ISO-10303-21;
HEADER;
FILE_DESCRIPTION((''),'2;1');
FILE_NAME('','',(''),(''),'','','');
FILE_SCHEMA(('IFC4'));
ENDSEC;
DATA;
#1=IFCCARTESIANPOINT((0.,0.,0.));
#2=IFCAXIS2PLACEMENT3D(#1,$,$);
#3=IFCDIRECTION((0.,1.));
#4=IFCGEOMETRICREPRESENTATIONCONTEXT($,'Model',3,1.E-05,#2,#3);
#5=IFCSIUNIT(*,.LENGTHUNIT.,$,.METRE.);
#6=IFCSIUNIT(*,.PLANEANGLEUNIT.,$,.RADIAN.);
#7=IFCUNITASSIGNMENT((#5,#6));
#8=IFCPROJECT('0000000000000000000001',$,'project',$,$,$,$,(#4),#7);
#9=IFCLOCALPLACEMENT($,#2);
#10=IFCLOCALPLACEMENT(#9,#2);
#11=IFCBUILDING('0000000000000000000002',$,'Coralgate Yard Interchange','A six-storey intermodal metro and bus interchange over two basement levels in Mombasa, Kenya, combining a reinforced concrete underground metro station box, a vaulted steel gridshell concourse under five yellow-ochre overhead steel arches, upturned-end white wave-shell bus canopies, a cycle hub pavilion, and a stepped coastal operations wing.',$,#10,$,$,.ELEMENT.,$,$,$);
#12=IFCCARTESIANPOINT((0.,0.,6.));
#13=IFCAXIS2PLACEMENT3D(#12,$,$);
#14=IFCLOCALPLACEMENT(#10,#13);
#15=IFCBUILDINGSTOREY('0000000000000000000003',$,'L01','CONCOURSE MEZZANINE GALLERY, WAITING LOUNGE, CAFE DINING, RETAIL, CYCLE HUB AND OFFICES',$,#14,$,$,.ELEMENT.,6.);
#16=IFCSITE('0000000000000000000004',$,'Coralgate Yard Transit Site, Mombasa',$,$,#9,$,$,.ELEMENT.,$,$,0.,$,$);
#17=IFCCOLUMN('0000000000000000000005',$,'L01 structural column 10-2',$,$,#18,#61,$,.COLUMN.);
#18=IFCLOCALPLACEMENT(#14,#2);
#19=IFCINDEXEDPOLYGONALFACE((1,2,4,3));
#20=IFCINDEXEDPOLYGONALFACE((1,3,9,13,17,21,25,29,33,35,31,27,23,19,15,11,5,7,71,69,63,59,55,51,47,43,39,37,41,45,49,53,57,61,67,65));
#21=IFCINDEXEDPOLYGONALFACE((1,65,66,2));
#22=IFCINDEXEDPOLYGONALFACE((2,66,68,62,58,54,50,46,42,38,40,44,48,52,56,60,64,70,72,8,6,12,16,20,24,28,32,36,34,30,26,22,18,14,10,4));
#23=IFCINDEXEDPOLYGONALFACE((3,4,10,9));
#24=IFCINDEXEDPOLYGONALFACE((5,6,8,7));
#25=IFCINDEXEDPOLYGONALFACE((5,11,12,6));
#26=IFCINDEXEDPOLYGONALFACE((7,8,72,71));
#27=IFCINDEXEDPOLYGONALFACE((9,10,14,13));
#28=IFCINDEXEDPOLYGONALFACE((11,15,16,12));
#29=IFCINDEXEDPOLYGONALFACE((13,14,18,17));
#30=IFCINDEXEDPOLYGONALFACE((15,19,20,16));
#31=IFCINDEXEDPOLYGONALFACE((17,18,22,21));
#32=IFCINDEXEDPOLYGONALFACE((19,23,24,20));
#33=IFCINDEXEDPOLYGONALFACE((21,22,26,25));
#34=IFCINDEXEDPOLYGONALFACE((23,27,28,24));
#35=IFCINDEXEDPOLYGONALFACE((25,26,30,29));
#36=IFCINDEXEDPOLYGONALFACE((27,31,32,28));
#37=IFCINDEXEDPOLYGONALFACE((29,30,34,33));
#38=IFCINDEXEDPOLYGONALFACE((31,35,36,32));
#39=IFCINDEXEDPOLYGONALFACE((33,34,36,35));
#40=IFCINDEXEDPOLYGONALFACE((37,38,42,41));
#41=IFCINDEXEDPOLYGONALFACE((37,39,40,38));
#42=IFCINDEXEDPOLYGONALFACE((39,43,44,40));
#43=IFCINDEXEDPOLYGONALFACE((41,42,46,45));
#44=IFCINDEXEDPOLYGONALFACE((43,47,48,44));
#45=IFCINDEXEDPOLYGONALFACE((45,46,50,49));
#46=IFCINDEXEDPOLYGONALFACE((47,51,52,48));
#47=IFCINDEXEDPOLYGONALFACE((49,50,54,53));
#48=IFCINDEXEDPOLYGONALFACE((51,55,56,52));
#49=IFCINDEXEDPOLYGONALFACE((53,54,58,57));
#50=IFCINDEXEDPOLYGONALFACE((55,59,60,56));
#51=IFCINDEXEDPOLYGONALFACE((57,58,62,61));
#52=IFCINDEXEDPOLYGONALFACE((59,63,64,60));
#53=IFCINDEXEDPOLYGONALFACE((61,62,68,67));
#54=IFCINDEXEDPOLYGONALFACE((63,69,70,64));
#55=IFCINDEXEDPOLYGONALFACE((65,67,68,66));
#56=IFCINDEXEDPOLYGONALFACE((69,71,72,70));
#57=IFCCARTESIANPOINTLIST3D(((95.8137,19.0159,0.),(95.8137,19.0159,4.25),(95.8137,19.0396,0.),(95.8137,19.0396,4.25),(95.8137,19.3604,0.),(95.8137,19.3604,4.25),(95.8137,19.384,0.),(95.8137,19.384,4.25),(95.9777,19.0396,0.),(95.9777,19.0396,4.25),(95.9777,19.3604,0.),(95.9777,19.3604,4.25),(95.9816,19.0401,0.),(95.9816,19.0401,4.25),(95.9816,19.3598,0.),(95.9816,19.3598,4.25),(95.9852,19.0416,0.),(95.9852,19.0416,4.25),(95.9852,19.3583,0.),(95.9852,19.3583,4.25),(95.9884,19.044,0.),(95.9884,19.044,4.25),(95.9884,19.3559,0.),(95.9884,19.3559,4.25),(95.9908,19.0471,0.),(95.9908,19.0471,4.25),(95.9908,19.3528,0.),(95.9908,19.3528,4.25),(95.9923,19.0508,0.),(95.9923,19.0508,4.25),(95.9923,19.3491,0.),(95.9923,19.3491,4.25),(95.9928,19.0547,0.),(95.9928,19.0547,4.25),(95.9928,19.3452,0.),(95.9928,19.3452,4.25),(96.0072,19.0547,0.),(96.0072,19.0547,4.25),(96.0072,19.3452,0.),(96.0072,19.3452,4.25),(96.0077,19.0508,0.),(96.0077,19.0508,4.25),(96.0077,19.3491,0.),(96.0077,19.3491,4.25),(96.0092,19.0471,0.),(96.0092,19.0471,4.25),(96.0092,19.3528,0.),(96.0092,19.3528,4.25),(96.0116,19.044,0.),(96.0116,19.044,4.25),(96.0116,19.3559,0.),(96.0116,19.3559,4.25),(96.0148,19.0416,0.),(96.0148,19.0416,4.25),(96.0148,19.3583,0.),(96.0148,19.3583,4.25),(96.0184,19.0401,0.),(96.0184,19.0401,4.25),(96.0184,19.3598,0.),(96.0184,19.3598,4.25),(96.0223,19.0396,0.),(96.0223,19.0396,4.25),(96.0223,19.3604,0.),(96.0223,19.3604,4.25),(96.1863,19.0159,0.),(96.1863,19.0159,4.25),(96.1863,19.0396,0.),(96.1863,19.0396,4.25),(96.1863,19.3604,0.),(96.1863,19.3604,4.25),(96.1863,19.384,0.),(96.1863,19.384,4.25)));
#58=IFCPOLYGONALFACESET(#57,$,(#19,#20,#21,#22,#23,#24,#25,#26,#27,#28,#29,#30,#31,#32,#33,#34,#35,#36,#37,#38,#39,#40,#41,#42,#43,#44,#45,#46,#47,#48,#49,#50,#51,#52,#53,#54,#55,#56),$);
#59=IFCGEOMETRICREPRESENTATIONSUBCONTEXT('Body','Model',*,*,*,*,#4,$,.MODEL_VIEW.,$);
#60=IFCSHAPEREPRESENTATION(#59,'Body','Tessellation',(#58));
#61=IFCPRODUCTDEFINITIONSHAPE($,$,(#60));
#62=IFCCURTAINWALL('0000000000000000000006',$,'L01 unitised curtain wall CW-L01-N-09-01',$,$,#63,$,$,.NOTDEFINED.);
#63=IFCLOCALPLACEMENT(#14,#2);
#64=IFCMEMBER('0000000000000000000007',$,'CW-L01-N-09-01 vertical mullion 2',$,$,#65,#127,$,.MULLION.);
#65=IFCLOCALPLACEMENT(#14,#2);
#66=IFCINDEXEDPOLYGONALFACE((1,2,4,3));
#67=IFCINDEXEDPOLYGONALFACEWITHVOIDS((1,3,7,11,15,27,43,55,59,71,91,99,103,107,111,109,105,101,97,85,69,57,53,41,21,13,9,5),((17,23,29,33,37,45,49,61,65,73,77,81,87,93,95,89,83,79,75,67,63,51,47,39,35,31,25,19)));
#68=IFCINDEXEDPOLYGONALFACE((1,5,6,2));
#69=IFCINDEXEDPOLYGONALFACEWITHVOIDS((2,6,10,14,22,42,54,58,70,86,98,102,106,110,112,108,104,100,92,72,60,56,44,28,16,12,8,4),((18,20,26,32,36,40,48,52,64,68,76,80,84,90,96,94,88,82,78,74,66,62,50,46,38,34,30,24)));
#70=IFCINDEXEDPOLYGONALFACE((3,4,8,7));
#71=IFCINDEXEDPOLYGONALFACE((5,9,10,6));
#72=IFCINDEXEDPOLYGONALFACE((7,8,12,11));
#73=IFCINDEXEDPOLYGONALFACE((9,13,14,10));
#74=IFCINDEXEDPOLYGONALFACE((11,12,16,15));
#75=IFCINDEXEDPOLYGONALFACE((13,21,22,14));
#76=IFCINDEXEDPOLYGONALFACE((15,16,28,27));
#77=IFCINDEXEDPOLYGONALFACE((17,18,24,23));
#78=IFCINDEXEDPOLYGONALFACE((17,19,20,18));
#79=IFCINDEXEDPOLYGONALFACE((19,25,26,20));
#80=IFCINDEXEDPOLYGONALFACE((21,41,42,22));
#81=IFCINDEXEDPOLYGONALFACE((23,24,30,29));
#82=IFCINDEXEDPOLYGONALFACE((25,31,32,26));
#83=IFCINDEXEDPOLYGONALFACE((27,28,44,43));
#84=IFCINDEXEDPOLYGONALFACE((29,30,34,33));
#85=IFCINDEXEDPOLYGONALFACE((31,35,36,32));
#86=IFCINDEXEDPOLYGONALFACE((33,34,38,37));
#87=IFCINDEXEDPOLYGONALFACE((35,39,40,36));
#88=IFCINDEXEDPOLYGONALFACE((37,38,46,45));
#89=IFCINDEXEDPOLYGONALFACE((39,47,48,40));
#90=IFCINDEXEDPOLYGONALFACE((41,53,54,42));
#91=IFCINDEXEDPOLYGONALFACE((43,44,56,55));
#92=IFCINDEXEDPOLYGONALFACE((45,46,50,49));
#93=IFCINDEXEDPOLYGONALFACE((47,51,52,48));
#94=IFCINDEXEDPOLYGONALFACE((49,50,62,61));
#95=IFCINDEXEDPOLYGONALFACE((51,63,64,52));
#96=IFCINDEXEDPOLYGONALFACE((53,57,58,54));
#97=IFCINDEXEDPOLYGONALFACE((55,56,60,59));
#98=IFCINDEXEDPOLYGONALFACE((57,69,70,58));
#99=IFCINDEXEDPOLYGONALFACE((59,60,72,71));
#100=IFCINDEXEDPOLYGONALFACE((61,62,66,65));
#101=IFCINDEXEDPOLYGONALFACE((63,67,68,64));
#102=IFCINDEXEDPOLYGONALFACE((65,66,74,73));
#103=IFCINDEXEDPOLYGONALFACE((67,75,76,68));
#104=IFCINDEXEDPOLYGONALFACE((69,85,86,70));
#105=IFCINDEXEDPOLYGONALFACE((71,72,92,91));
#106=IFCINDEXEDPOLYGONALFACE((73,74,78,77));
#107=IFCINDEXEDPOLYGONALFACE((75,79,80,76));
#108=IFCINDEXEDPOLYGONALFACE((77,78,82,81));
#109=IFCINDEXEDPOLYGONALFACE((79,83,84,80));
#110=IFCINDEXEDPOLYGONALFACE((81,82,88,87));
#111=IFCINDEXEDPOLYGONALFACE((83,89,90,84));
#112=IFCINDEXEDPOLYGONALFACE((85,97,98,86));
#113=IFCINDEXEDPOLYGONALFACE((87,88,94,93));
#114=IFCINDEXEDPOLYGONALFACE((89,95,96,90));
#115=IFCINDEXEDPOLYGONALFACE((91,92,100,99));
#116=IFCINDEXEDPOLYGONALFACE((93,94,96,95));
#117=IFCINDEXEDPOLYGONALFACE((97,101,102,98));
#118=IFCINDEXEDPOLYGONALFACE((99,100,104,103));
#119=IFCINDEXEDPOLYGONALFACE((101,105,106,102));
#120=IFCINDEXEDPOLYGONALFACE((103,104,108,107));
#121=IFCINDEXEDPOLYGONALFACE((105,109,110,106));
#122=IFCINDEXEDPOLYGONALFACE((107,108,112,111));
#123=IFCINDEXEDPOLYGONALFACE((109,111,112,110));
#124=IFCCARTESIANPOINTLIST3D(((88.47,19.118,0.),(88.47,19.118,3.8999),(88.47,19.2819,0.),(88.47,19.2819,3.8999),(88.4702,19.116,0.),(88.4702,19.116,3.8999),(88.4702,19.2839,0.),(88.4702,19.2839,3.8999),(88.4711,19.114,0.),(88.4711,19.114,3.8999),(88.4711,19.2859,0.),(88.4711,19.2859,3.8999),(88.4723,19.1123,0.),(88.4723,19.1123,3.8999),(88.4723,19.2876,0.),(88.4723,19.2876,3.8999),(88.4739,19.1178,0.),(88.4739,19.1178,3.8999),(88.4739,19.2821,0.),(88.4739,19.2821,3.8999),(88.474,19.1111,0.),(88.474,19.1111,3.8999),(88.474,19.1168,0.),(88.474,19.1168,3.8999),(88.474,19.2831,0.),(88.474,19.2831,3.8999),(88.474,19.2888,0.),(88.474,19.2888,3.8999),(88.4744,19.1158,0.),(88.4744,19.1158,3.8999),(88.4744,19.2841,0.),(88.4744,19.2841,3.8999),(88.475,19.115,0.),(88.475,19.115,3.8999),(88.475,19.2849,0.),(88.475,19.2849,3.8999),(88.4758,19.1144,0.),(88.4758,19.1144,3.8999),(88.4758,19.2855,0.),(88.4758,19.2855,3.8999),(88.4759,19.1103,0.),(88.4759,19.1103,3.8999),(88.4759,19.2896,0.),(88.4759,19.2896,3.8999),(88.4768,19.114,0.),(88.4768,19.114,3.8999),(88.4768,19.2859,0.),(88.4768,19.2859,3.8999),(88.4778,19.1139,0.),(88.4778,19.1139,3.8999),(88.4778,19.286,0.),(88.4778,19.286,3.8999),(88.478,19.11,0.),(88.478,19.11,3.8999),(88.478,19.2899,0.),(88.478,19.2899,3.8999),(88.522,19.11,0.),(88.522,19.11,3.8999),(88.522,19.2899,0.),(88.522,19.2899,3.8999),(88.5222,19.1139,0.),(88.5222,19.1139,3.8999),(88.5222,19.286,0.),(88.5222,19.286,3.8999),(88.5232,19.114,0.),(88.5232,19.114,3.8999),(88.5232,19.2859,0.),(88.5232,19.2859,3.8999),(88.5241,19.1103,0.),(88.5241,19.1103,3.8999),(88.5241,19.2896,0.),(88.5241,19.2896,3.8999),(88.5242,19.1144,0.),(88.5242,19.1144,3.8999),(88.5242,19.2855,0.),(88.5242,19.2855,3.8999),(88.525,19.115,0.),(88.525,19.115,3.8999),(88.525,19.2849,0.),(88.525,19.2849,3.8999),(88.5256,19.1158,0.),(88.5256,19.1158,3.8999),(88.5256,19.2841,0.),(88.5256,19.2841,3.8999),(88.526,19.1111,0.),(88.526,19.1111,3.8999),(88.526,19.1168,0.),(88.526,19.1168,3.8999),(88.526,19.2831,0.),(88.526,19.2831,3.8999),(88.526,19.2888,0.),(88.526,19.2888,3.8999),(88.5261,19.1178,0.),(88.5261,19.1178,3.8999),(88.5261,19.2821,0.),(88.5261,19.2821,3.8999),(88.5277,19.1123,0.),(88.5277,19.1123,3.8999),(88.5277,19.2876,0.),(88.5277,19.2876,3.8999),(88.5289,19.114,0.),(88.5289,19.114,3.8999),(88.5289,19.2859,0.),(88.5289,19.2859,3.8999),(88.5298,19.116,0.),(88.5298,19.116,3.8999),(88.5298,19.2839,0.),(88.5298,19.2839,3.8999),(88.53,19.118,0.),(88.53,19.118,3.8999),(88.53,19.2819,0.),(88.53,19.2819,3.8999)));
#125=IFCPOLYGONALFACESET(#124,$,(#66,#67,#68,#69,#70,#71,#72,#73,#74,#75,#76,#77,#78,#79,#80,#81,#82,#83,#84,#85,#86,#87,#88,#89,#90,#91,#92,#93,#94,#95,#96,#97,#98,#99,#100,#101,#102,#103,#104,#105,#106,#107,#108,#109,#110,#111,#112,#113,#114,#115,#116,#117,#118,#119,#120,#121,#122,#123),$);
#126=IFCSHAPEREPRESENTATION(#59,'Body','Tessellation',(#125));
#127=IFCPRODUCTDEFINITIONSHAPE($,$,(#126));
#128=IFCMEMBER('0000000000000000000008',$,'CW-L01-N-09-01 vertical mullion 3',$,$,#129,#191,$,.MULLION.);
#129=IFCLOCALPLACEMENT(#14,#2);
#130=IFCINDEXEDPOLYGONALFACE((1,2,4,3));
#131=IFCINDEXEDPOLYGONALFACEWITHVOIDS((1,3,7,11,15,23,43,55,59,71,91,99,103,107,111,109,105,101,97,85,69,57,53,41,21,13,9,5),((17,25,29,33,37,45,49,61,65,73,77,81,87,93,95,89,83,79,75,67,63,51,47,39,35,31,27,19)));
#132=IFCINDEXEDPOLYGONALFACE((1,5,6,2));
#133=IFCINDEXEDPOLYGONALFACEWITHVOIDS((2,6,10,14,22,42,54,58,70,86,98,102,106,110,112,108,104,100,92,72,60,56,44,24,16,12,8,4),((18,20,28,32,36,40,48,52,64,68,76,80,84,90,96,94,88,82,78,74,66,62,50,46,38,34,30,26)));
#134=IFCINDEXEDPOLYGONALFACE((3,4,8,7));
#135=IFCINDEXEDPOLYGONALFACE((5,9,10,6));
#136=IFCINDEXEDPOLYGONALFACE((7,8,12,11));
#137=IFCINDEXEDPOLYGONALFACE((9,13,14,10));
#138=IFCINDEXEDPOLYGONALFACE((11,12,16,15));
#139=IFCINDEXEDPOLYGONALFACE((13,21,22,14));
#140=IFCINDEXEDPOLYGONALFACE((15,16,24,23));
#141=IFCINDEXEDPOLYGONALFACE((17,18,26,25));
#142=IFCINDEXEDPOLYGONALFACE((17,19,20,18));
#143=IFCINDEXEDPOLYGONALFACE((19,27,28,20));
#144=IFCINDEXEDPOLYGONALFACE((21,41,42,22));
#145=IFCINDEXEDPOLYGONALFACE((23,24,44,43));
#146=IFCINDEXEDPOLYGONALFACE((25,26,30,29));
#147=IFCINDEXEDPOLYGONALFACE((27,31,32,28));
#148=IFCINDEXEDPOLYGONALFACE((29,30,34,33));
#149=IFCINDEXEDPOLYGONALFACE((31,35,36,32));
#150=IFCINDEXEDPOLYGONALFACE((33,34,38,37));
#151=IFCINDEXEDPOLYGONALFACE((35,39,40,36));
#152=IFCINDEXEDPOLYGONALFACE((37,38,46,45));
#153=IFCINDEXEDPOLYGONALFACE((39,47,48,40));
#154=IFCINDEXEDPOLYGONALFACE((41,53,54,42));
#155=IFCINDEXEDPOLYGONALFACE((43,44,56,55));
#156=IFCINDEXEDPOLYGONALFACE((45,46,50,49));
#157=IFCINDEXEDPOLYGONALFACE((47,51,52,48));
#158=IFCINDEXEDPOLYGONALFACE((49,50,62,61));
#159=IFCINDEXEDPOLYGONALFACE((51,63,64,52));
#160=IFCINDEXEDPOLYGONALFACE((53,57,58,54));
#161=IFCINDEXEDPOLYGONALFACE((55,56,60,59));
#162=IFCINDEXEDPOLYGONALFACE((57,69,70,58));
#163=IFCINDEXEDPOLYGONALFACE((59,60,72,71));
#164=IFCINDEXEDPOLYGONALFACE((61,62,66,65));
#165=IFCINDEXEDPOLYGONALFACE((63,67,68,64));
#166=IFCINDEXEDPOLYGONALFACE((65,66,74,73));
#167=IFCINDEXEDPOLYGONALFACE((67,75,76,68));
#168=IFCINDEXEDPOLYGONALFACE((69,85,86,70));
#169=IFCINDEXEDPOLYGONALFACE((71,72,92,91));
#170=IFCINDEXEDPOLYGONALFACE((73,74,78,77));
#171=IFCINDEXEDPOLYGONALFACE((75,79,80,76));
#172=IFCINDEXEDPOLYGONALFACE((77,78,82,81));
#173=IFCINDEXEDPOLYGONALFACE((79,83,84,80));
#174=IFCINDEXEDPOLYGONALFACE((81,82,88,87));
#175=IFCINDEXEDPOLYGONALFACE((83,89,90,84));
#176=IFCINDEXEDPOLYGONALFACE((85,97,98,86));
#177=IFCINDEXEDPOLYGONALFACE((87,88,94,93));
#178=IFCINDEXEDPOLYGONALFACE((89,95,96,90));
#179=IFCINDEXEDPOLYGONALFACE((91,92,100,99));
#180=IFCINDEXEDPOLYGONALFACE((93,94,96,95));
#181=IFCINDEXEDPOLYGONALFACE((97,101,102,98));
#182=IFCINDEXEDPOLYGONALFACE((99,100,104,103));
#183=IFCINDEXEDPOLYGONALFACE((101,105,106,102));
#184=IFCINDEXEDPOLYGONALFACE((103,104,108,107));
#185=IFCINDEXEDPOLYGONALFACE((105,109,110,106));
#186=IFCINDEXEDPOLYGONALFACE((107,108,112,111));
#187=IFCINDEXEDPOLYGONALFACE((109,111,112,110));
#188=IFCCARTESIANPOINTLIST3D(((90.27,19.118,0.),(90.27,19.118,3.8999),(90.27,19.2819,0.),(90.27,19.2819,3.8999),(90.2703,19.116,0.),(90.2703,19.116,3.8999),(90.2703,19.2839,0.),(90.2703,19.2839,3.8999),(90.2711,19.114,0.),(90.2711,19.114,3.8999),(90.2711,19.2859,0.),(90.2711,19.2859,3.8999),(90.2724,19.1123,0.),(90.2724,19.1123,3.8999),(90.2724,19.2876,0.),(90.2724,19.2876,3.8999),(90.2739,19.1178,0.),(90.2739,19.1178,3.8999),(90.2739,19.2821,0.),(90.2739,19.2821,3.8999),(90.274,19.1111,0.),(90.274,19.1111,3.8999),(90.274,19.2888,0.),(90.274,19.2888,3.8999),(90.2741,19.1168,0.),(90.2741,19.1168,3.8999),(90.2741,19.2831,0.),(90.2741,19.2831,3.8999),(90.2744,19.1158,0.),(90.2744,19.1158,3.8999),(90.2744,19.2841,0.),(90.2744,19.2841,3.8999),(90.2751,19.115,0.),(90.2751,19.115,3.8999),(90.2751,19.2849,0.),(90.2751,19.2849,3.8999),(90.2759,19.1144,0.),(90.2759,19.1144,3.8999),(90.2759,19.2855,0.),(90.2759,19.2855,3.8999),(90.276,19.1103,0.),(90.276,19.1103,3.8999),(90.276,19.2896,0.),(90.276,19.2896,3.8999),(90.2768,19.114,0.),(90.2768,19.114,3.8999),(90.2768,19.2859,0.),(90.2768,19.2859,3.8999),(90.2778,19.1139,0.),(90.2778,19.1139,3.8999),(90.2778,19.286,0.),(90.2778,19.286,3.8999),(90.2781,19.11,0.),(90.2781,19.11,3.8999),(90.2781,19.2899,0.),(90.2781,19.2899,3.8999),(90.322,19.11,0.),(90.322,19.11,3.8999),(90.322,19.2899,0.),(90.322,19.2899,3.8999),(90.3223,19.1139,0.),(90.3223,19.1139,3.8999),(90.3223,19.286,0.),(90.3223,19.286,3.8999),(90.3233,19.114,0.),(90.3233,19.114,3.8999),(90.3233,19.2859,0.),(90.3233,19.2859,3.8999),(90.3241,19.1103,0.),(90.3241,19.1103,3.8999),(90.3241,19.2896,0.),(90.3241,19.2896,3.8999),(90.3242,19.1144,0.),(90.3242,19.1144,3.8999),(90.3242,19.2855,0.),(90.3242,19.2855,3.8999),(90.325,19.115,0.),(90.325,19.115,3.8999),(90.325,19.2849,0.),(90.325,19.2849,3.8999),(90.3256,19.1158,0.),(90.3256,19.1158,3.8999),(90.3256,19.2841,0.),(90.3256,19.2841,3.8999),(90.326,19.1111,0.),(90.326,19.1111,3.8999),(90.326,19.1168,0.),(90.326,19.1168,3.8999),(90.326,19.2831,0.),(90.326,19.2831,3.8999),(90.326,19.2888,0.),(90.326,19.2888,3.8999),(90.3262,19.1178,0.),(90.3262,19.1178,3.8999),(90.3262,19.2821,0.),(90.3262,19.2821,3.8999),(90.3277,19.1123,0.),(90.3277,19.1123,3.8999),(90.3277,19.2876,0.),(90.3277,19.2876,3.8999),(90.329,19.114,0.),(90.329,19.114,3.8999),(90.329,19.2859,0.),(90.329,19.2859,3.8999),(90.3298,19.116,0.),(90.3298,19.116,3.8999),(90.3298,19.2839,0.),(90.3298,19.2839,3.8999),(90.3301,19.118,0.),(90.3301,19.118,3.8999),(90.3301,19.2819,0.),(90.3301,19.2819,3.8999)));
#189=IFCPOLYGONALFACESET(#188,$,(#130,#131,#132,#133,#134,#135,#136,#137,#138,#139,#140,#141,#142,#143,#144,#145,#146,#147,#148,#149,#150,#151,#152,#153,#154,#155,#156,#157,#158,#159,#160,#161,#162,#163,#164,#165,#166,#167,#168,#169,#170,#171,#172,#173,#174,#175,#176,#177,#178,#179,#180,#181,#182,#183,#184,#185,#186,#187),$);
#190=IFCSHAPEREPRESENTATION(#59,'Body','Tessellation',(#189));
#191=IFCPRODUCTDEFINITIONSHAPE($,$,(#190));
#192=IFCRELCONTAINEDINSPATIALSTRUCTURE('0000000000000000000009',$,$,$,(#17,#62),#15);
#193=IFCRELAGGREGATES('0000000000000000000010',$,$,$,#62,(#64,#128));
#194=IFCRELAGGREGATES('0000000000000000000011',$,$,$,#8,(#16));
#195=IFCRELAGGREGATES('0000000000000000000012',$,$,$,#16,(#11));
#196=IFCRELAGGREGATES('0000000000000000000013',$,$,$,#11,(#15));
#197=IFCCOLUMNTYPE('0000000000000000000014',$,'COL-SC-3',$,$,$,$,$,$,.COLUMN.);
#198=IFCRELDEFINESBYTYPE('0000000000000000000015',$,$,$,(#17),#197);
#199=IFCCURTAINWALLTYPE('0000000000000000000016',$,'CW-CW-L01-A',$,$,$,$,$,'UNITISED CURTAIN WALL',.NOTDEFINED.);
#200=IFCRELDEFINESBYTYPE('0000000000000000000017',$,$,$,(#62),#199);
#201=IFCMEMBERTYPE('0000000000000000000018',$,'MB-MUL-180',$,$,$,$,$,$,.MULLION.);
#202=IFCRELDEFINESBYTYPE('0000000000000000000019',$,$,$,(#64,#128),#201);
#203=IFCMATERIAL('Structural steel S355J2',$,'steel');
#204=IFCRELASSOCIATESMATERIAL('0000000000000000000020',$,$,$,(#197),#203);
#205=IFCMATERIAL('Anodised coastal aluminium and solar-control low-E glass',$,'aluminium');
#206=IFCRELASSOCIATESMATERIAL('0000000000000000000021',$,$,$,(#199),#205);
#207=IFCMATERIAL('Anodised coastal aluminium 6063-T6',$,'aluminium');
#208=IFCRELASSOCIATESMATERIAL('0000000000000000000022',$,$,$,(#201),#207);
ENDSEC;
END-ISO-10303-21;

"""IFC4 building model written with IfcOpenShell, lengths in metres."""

from ifc_helpers import new_model, si_unit, direction, frame, origin, origin_2d, place, context, subcontext, project, spatial, hollow_rectangle, i_section, extrude, material, material_profile, profile_set, type_object, element, aggregate, save


model = new_model("IFC4")

# Units and contexts
model_context = context("Model", 3, precision=1e-05, world=origin(), true_north=direction((0.0, 1.0)))
body_context = subcontext(model_context, "Body", "Model", "MODEL_VIEW")
ifc_project = project(units=[si_unit("LENGTHUNIT", "METRE"), si_unit("PLANEANGLEUNIT", "RADIAN")], contexts=[model_context])

# Site, building, storey
site_placement = place(None, origin())
site = spatial("IfcSite", under=ifc_project, at=site_placement, Name="Coralgate Yard Transit Site, Mombasa", CompositionType="ELEMENT", RefElevation=0.0)
building_placement = place(site_placement, origin())
building = spatial("IfcBuilding", under=site, at=building_placement, Name="Coralgate Yard Interchange", Description="A six-storey intermodal metro and bus interchange over two basement levels in Mombasa, Kenya, combining a reinforced concrete underground metro station box, a vaulted steel gridshell concourse under five yellow-ochre overhead steel arches, upturned-end white wave-shell bus canopies, a cycle hub pavilion, and a stepped coastal operations wing.", CompositionType="ELEMENT")
storey_placement = place(building_placement, frame((0.0, 0.0, 6.0)))
storey = spatial("IfcBuildingStorey", under=building, at=storey_placement, Name="L01", Description="CONCOURSE MEZZANINE GALLERY, WAITING LOUNGE, CAFE DINING, RETAIL, CYCLE HUB AND OFFICES", CompositionType="ELEMENT", Elevation=6.0)

# Column
ifc_material_1 = material(Name="Structural steel S355J2", Category="steel")
ifc_material_profile_1 = material_profile(ifc_material_1, i_section(OverallWidth=0.3726, OverallDepth=0.3682, WebThickness=0.0144, FlangeThickness=0.0237, FilletRadius=0.0151, at=origin_2d()), Name="UC 356x368x177")
ifc_profile_set_1 = profile_set([ifc_material_profile_1], Name="Structural steel S355J2")
column_type = type_object("IfcColumnType", Name="COL-SC-3", PredefinedType="COLUMN", material=ifc_profile_set_1)
column_placement = place(storey_placement, frame((96.0, 19.2, 0.0), z_axis=(0.0, 0.0, 1.0), x_axis=(1.0, 0.0, 0.0)))
element("IfcColumn", 1, at=column_placement, inside=storey, type_object=column_type, Name="L01 structural column 10-2", PredefinedType="COLUMN", context=body_context, shape_type="SweptSolid", body=[
    extrude(i_section(OverallWidth=0.3726, OverallDepth=0.3682, WebThickness=0.0144, FlangeThickness=0.0237, FilletRadius=0.0151, at=origin_2d()), origin(), (0.0, 0.0, 1.0), 4.25),
])

# Curtain wall, members
ifc_material_2 = material(Name="Anodised coastal aluminium and solar-control low-E glass", Category="aluminium")
curtain_wall_type = type_object("IfcCurtainWallType", Name="CW-CW-L01-A", ElementType="UNITISED CURTAIN WALL", PredefinedType="NOTDEFINED", material=ifc_material_2)
curtain_wall_placement = place(storey_placement, origin())
curtain_wall = element("IfcCurtainWall", 2, at=curtain_wall_placement, inside=storey, type_object=curtain_wall_type, Name="L01 unitised curtain wall CW-L01-N-09-01", PredefinedType="NOTDEFINED")
ifc_material_3 = material(Name="Anodised coastal aluminium 6063-T6", Category="aluminium")
ifc_material_profile_2 = material_profile(ifc_material_3, hollow_rectangle(XDim=0.0601, YDim=0.1799, WallThickness=0.0039, InnerFilletRadius=0.0039, OuterFilletRadius=0.0081, at=origin_2d()), Name="ALU 60x180x4")
ifc_profile_set_2 = profile_set([ifc_material_profile_2], Name="Anodised coastal aluminium 6063-T6")
member_type_1 = type_object("IfcMemberType", Name="MB-MUL-180", PredefinedType="MULLION", material=ifc_profile_set_2)
member_1_placement = place(storey_placement, frame((88.5, 19.2, 0.0), z_axis=(0.0, 0.0, 1.0), x_axis=(1.0, 0.0, 0.0)))
member_1 = element("IfcMember", 3, at=member_1_placement, type_object=member_type_1, Name="CW-L01-N-09-01 vertical mullion 2", PredefinedType="MULLION", context=body_context, shape_type="SweptSolid", body=[
    extrude(hollow_rectangle(XDim=0.0601, YDim=0.1799, WallThickness=0.0039, InnerFilletRadius=0.0039, OuterFilletRadius=0.0081, at=origin_2d()), origin(), (0.0, 0.0, 1.0), 3.8999),
])
member_2_placement = place(storey_placement, frame((90.3, 19.2, 0.0), z_axis=(0.0, 0.0, 1.0), x_axis=(1.0, 0.0, 0.0)))
member_2 = element("IfcMember", 4, at=member_2_placement, type_object=member_type_1, Name="CW-L01-N-09-01 vertical mullion 3", PredefinedType="MULLION", context=body_context, shape_type="SweptSolid", body=[
    extrude(hollow_rectangle(XDim=0.0601, YDim=0.1799, WallThickness=0.0039, InnerFilletRadius=0.0039, OuterFilletRadius=0.0081, at=origin_2d()), origin(), (0.0, 0.0, 1.0), 3.8999),
])
aggregate(curtain_wall, [member_1, member_2])

save(model, "model.ifc")
